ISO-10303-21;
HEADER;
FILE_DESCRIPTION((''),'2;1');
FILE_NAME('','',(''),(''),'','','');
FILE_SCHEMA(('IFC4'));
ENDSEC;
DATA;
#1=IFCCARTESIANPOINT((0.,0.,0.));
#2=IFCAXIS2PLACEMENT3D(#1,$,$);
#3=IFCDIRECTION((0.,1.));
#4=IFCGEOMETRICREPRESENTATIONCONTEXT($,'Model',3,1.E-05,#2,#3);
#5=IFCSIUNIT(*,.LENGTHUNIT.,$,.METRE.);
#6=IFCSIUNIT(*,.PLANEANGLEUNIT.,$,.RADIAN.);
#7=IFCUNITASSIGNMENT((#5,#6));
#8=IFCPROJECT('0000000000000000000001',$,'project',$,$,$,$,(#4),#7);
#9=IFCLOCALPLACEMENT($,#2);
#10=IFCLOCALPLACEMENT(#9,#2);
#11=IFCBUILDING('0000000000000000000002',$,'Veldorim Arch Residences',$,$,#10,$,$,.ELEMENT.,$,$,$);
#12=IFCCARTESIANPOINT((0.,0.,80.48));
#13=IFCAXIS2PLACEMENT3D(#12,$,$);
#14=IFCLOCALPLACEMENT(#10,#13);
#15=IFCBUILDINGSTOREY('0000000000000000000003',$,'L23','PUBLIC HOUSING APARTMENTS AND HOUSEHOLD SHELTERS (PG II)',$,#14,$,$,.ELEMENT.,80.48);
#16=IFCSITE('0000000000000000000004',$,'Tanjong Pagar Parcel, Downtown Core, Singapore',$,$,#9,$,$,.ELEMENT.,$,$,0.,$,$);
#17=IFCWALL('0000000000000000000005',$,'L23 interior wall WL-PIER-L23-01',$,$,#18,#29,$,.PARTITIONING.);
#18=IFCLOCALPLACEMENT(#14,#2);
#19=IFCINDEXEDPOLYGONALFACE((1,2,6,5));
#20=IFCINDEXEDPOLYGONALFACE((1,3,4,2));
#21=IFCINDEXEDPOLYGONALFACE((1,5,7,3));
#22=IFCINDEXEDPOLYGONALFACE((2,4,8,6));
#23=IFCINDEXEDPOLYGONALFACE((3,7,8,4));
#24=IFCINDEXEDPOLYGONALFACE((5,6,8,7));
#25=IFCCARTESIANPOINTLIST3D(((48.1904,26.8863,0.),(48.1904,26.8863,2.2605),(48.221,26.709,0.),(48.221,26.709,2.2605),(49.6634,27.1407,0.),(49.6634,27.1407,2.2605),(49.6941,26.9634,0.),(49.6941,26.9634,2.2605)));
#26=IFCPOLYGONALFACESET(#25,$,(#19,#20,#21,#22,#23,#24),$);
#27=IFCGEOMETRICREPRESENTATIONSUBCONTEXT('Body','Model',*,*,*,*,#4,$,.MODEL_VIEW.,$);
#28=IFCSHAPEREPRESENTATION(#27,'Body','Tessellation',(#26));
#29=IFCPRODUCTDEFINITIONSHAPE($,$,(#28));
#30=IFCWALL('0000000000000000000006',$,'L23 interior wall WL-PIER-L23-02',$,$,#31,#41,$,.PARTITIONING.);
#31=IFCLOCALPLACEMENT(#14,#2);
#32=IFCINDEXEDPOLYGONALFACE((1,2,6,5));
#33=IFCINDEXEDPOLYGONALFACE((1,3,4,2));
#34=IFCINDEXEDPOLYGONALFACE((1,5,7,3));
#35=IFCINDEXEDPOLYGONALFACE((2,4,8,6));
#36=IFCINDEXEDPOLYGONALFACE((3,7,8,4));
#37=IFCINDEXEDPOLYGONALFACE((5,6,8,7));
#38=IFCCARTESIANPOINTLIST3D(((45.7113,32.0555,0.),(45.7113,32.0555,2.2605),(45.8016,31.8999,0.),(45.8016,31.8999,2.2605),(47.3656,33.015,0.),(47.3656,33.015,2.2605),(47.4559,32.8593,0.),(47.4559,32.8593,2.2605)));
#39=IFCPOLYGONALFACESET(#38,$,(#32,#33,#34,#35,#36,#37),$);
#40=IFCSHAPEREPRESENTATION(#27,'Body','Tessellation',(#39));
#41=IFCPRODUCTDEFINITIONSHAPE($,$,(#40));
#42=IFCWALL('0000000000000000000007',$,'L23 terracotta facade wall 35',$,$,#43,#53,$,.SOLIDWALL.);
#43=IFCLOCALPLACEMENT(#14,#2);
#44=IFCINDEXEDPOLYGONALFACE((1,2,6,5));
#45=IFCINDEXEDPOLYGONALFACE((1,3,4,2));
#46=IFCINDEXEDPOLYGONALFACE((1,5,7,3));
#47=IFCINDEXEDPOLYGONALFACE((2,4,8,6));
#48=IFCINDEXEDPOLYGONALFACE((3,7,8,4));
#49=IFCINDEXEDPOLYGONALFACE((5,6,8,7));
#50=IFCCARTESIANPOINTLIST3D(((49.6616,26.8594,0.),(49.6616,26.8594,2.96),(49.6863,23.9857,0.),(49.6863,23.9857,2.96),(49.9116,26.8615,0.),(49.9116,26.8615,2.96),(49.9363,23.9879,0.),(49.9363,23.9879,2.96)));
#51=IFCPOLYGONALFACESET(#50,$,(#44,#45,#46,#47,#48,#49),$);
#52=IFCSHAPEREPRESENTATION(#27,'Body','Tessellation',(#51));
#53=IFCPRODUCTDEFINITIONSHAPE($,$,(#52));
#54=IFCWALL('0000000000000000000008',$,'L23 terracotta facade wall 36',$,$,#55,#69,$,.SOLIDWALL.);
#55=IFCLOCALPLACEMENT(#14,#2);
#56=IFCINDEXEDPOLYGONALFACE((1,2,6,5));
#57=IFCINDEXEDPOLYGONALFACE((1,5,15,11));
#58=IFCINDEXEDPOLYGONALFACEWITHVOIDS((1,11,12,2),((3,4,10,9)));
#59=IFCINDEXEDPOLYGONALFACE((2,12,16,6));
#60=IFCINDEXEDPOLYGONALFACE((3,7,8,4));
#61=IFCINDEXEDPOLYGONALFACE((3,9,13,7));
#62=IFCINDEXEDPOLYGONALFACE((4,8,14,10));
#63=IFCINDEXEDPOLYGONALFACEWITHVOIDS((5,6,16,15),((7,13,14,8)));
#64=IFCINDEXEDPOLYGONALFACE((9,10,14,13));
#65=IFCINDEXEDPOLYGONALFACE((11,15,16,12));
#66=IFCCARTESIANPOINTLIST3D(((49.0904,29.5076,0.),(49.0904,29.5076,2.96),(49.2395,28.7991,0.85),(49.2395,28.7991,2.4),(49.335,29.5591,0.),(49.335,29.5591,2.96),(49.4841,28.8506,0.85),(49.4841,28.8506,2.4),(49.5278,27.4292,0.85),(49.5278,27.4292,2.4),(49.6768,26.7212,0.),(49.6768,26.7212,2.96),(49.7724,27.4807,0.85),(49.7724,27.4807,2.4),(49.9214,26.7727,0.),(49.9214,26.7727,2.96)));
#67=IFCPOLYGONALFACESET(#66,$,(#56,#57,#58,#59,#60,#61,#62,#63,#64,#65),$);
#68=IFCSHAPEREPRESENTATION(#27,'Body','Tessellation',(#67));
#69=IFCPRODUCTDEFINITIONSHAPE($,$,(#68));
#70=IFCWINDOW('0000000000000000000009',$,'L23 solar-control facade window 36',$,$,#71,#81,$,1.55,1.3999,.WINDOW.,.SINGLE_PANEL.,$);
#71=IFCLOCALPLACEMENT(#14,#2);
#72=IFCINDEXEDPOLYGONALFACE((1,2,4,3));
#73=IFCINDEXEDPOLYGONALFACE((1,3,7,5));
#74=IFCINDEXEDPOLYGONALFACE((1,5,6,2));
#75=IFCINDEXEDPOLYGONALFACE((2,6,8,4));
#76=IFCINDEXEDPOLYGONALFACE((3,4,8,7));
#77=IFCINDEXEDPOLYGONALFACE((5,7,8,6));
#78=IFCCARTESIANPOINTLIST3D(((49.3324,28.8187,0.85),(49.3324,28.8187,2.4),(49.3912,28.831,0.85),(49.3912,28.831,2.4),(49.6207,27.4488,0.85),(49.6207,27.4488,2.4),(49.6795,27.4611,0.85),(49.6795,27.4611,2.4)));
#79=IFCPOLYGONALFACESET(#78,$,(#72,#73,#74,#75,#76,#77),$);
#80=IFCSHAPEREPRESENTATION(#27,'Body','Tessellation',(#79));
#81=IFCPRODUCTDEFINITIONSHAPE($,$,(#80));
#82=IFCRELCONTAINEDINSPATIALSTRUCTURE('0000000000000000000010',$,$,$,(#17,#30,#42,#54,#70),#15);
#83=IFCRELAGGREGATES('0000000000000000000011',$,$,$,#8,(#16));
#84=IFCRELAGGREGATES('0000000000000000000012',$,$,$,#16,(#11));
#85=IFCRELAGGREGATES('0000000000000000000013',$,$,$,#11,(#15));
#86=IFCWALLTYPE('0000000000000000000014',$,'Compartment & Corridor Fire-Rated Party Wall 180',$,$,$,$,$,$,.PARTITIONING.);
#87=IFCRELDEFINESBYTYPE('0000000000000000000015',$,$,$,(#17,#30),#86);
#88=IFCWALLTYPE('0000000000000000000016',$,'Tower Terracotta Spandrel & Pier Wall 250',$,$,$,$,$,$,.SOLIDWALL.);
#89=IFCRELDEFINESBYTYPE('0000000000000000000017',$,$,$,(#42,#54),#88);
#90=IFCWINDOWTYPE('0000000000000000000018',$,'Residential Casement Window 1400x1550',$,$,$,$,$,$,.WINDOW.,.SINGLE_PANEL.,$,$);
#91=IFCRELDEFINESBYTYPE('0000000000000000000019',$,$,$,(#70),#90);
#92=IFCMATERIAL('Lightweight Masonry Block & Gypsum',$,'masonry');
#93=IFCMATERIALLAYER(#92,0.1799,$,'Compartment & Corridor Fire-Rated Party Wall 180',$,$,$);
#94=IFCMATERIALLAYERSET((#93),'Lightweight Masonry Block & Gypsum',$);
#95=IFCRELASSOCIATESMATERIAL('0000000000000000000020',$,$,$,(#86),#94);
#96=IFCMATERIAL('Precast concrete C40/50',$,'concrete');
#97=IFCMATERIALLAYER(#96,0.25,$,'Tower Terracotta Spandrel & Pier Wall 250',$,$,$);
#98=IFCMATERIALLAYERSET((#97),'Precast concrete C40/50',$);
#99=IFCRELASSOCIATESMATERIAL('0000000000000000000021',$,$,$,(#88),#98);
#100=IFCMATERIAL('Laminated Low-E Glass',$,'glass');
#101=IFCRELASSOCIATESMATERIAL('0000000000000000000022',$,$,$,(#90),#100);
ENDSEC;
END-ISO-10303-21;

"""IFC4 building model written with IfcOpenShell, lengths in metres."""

from ifc_helpers import new_model, si_unit, direction, frame, frame_2d, origin, place, context, subcontext, project, spatial, rectangle, extrude, material, layer, layer_set, type_object, element, fill, save


model = new_model("IFC4")

# Units and contexts
model_context = context("Model", 3, precision=1e-05, world=origin(), true_north=direction((0.0, 1.0)))
body_context = subcontext(model_context, "Body", "Model", "MODEL_VIEW")
ifc_project = project(units=[si_unit("LENGTHUNIT", "METRE"), si_unit("PLANEANGLEUNIT", "RADIAN")], contexts=[model_context])

# Site, building, storey
site_placement = place(None, origin())
site = spatial("IfcSite", under=ifc_project, at=site_placement, Name="Tanjong Pagar Parcel, Downtown Core, Singapore", CompositionType="ELEMENT", RefElevation=0.0)
building_placement = place(site_placement, origin())
building = spatial("IfcBuilding", under=site, at=building_placement, Name="Veldorim Arch Residences", CompositionType="ELEMENT")
storey_placement = place(building_placement, frame((0.0, 0.0, 80.48)))
storey = spatial("IfcBuildingStorey", under=building, at=storey_placement, Name="L23", Description="PUBLIC HOUSING APARTMENTS AND HOUSEHOLD SHELTERS (PG II)", CompositionType="ELEMENT", Elevation=80.48)

# Walls
ifc_material_1 = material(Name="Lightweight Masonry Block & Gypsum", Category="masonry")
ifc_layer_1 = layer(ifc_material_1, 0.1799, Name="Compartment & Corridor Fire-Rated Party Wall 180")
ifc_layer_set_1 = layer_set([ifc_layer_1], Name="Lightweight Masonry Block & Gypsum")
wall_type_1 = type_object("IfcWallType", Name="Compartment & Corridor Fire-Rated Party Wall 180", PredefinedType="PARTITIONING", material=ifc_layer_set_1)
wall_1_placement = place(storey_placement, frame((48.2056, 26.7976, 0.0), z_axis=(0.0, 0.0, 1.0), x_axis=(0.985415, 0.170169, 0.0)))
element("IfcWall", 1, at=wall_1_placement, inside=storey, type_object=wall_type_1, Name="L23 interior wall WL-PIER-L23-01", PredefinedType="PARTITIONING", context=body_context, shape_type="SweptSolid", body=[
    extrude(rectangle(XDim=1.4949, YDim=0.1799, at=frame_2d((0.7476, 0.0))), origin(), (0.0, 0.0, 1.0), 2.2605),
])
wall_2_placement = place(storey_placement, frame((45.7566, 31.9778, 0.0), z_axis=(0.0, 0.0, 1.0), x_axis=(0.865036, 0.50171, 0.0)))
element("IfcWall", 2, at=wall_2_placement, inside=storey, type_object=wall_type_1, Name="L23 interior wall WL-PIER-L23-02", PredefinedType="PARTITIONING", context=body_context, shape_type="SweptSolid", body=[
    extrude(rectangle(XDim=1.9124, YDim=0.1799, at=frame_2d((0.9561, 0.0))), origin(), (0.0, 0.0, 1.0), 2.2605),
])
ifc_material_2 = material(Name="Precast concrete C40/50", Category="concrete")
ifc_layer_2 = layer(ifc_material_2, 0.25, Name="Tower Terracotta Spandrel & Pier Wall 250")
ifc_layer_set_2 = layer_set([ifc_layer_2], Name="Precast concrete C40/50")
wall_type_2 = type_object("IfcWallType", Name="Tower Terracotta Spandrel & Pier Wall 250", PredefinedType="SOLIDWALL", material=ifc_layer_set_2)
wall_3_placement = place(storey_placement, frame((49.7866, 26.8606, 0.0), z_axis=(0.0, 0.0, 1.0), x_axis=(0.00858, -0.999963, 0.0)))
element("IfcWall", 3, at=wall_3_placement, inside=storey, type_object=wall_type_2, Name="L23 terracotta facade wall 35", PredefinedType="SOLIDWALL", context=body_context, shape_type="SweptSolid", body=[
    extrude(rectangle(XDim=2.8738, YDim=0.25, at=frame_2d((1.437, 0.0))), origin(), (0.0, 0.0, 1.0), 2.96),
])

# Wall, opening, window
wall_4_placement = place(storey_placement, frame((49.2126, 29.5334, 0.0), z_axis=(0.0, 0.0, 1.0), x_axis=(0.20595, -0.978563, 0.0)))
wall_4 = element("IfcWall", 4, at=wall_4_placement, inside=storey, type_object=wall_type_2, Name="L23 terracotta facade wall 36", PredefinedType="SOLIDWALL", context=body_context, shape_type="SweptSolid", body=[
    extrude(rectangle(XDim=2.8474, YDim=0.25, at=frame_2d((1.4238, 0.0))), origin(), (0.0, 0.0, 1.0), 2.96),
])
opening_1_placement = place(wall_4_placement, frame((0.7241, 0.0, 0.8501)))
opening_1 = element("IfcOpeningElement", 5, at=opening_1_placement, cuts=wall_4, PredefinedType="OPENING", context=body_context, shape_type="SweptSolid", body=[
    extrude(rectangle(XDim=1.3999, YDim=1.55, at=frame_2d((0.7, 0.7749))), frame((0.0, 0.135, 0.0), z_axis=(0.0, -1.0, 0.0), x_axis=(1.0, 0.0, 0.0)), (0.0, 0.0, 1.0), 0.27),
])
ifc_material_3 = material(Name="Laminated Low-E Glass", Category="glass")
window_type = type_object("IfcWindowType", Name="Residential Casement Window 1400x1550", PartitioningType="SINGLE_PANEL", PredefinedType="WINDOW", material=ifc_material_3)
window_placement = place(opening_1_placement, origin())
window = element("IfcWindow", 6, at=window_placement, inside=storey, type_object=window_type, Name="L23 solar-control facade window 36", OverallHeight=1.55, OverallWidth=1.3999, PartitioningType="SINGLE_PANEL", PredefinedType="WINDOW", context=body_context, shape_type="SweptSolid", body=[
    extrude(rectangle(XDim=1.3999, YDim=1.55, at=frame_2d((0.7, 0.7749))), frame((0.0, 0.03, 0.0), z_axis=(0.0, -1.0, 0.0), x_axis=(1.0, 0.0, 0.0)), (0.0, 0.0, 1.0), 0.0601),
])
fill(opening_1, window)

save(model, "model.ifc")
